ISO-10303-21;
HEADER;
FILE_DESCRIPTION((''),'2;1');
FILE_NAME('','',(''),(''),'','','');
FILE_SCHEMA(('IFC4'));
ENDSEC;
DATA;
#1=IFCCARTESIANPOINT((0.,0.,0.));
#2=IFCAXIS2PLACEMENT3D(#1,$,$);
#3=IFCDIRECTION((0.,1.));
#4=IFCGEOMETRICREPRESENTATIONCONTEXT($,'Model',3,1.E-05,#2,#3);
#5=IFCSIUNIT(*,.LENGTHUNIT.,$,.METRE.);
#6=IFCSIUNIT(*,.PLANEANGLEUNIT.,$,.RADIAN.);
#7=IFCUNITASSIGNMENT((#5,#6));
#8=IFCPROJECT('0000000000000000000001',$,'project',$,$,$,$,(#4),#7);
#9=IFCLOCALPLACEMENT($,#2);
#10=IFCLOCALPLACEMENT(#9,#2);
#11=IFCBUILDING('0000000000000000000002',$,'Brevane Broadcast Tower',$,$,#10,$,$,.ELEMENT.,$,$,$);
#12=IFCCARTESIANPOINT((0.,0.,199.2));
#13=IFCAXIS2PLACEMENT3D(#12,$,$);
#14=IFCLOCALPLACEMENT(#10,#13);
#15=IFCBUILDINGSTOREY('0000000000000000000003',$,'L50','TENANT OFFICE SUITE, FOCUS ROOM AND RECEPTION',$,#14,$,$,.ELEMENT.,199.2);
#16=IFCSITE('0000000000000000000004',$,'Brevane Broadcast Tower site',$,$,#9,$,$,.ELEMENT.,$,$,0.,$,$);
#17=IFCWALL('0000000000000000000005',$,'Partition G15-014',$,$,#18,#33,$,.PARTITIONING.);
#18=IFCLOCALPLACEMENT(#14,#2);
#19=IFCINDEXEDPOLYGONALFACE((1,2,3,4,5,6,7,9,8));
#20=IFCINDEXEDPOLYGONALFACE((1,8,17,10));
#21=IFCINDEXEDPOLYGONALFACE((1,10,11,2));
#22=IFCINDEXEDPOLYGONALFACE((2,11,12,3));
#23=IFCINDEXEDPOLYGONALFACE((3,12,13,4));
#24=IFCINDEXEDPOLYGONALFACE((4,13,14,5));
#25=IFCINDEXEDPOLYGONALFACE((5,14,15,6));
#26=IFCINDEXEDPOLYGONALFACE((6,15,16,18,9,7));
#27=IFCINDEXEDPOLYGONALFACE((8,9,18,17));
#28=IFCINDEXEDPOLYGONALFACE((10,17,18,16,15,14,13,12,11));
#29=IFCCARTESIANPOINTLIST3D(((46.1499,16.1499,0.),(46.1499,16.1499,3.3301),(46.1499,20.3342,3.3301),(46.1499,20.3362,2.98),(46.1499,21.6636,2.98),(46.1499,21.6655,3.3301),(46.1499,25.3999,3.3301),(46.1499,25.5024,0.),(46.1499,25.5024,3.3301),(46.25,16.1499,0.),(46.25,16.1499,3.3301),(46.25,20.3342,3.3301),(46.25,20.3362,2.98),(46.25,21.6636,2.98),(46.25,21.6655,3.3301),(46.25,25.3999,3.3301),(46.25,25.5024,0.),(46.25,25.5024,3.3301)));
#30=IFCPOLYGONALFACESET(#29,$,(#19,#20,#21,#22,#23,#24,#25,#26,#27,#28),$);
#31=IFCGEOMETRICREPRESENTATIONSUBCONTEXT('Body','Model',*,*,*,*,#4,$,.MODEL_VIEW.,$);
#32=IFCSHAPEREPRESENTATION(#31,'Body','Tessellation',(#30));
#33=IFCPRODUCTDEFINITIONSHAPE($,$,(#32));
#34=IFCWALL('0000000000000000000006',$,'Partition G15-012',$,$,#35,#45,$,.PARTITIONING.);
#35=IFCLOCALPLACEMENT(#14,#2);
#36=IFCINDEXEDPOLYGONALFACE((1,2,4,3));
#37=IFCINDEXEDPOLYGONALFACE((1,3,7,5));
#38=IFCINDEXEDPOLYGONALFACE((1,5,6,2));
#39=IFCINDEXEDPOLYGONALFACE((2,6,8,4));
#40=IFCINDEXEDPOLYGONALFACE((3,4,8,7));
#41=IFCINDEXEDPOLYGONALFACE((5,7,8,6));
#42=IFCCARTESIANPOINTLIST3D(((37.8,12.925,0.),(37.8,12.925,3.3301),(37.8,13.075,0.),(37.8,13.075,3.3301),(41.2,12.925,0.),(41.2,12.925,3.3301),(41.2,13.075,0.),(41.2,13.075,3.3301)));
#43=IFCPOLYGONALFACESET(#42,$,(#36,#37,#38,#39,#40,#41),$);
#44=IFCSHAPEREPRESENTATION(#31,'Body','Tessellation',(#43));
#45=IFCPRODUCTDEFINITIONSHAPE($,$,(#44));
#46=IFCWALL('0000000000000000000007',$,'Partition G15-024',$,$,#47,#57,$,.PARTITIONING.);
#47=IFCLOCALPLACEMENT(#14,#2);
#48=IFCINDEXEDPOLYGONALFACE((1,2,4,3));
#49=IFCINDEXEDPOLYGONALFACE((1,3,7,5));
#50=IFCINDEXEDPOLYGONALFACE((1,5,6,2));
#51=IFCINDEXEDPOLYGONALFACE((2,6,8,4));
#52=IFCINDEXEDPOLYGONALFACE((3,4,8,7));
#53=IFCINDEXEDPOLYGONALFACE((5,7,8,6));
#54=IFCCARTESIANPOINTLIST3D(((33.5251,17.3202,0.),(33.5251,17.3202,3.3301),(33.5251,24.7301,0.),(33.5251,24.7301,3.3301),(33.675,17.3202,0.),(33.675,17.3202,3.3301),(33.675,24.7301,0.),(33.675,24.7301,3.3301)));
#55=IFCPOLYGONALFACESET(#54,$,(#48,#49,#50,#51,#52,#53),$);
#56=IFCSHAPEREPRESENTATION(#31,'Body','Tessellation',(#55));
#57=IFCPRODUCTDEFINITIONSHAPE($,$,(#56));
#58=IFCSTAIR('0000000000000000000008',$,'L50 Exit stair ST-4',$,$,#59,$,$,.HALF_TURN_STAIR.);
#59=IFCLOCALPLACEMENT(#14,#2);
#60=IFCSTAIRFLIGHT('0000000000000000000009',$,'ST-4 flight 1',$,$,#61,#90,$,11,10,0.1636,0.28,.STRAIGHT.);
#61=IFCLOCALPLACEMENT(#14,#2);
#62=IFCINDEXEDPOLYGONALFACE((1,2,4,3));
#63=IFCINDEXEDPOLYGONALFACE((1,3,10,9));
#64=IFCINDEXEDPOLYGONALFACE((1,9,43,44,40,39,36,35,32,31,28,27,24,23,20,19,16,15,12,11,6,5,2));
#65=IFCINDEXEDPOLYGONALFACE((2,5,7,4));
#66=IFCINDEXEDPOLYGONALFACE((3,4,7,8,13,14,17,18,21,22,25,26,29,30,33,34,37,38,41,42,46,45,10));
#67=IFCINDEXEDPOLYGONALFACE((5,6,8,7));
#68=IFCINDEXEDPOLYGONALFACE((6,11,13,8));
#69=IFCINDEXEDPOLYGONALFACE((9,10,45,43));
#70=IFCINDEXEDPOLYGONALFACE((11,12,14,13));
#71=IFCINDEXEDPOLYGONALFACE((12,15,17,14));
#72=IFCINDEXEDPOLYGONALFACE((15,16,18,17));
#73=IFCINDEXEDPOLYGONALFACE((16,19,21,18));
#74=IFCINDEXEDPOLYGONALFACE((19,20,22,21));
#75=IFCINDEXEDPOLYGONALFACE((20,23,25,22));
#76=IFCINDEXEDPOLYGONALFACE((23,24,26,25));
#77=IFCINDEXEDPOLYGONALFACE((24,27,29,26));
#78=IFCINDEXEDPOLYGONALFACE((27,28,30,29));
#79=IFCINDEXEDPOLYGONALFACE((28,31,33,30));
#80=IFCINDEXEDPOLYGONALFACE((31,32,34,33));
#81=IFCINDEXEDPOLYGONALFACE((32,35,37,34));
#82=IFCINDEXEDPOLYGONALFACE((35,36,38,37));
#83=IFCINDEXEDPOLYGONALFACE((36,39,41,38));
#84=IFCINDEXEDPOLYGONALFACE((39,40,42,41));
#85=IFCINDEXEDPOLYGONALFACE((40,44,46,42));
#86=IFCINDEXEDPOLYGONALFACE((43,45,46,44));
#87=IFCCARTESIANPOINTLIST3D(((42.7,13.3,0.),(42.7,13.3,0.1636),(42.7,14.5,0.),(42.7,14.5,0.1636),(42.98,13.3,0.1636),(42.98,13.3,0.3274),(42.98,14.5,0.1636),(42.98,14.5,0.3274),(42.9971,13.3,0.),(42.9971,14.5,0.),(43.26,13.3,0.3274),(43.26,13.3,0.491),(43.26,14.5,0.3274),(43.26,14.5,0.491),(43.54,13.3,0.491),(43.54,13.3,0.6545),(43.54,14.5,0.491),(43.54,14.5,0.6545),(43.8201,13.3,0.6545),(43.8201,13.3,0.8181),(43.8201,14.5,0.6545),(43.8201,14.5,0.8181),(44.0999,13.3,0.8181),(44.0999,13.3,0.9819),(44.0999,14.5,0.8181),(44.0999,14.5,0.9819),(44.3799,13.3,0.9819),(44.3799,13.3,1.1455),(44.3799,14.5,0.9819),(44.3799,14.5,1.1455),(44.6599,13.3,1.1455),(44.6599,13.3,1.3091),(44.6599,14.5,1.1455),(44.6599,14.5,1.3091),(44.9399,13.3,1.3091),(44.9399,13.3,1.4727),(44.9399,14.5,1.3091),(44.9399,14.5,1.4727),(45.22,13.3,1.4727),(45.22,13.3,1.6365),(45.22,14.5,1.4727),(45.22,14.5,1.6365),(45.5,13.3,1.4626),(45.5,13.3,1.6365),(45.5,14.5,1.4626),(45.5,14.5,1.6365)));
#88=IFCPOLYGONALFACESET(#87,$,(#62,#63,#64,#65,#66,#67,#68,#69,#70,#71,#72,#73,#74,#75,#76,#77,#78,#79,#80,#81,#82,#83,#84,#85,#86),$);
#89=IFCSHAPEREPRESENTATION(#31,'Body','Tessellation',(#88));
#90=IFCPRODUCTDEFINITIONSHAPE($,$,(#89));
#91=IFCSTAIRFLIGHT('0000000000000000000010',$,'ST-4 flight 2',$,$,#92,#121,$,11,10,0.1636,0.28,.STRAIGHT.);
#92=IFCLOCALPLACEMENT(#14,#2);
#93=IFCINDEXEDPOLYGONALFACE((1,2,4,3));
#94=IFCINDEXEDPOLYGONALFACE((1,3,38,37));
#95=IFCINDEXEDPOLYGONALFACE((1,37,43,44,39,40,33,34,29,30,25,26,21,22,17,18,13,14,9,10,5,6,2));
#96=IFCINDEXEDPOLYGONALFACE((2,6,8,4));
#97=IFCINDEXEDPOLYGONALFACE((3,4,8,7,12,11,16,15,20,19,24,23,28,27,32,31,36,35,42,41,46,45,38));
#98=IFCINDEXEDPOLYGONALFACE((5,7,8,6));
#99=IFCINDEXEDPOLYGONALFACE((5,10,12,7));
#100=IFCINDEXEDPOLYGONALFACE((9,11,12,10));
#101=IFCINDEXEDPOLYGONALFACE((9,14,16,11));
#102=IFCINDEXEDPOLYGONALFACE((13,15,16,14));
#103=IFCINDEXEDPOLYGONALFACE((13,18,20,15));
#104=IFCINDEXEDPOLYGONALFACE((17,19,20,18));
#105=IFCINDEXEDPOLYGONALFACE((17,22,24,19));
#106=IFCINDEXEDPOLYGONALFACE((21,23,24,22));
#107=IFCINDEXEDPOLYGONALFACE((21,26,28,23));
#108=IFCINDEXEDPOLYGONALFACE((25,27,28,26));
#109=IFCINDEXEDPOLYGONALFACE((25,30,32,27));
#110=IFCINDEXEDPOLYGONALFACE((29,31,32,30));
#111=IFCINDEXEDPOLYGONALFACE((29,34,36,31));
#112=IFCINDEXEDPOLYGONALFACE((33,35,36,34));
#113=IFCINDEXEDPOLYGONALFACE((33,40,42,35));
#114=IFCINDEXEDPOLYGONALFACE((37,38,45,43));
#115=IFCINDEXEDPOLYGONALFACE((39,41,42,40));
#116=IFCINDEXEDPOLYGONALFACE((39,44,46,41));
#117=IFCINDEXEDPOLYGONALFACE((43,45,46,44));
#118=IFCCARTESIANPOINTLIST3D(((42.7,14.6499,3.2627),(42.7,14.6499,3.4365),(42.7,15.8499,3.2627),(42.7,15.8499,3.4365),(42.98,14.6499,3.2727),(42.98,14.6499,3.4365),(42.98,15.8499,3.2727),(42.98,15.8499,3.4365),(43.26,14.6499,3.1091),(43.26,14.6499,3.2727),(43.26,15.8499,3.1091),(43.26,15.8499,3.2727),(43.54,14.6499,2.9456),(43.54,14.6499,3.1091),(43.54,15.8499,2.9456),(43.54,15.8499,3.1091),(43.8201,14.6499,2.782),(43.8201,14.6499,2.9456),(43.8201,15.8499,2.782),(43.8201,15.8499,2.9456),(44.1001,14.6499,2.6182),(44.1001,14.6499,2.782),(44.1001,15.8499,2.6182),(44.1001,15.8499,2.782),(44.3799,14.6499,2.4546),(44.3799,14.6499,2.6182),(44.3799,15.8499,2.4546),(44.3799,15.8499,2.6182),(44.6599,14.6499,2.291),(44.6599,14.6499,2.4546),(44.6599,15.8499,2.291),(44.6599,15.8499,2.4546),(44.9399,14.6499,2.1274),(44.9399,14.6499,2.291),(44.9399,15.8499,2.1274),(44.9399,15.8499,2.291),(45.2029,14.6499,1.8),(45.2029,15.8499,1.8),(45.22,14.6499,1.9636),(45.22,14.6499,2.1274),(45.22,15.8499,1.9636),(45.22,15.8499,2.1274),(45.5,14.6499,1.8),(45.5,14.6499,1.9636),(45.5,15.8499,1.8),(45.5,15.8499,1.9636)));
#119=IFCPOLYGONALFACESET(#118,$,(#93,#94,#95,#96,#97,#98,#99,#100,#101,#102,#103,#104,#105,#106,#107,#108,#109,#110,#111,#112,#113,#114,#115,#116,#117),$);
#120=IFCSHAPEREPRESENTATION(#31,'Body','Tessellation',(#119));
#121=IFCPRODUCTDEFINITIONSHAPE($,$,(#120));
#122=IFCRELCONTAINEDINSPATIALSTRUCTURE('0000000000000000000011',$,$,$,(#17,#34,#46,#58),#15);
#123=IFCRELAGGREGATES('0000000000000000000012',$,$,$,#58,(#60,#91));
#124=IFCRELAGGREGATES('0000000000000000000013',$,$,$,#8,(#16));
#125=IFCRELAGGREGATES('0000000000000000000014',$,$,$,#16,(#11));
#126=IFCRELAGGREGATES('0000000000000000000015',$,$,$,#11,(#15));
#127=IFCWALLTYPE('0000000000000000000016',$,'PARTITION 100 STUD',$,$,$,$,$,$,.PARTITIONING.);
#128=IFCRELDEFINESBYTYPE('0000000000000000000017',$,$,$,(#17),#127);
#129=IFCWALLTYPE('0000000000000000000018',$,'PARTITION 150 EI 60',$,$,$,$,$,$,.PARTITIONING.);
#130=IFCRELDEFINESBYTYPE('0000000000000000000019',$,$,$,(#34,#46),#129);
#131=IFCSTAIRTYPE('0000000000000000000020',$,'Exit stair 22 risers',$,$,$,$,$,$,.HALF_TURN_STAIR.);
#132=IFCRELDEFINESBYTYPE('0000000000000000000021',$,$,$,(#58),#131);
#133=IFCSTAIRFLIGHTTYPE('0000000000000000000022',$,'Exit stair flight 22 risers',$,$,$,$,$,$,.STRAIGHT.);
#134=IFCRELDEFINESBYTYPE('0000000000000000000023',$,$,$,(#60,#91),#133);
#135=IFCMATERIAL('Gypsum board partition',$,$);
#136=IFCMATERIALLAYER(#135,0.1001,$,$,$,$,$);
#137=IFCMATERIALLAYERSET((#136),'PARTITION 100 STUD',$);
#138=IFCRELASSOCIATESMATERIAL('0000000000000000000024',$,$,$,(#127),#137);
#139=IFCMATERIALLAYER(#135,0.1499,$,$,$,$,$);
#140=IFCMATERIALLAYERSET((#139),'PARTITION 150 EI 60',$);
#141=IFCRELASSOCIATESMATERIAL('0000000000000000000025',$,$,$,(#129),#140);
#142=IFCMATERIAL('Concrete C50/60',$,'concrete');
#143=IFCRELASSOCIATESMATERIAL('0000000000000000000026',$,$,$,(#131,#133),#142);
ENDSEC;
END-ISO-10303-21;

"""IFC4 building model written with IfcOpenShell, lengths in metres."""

from ifc_helpers import new_model, si_unit, direction, frame, frame_2d, origin, place, context, subcontext, project, spatial, polyline, rectangle, outline, extrude, material, layer, layer_set, type_object, element, aggregate, save


model = new_model("IFC4")

# Units and contexts
model_context = context("Model", 3, precision=1e-05, world=origin(), true_north=direction((0.0, 1.0)))
body_context = subcontext(model_context, "Body", "Model", "MODEL_VIEW")
ifc_project = project(units=[si_unit("LENGTHUNIT", "METRE"), si_unit("PLANEANGLEUNIT", "RADIAN")], contexts=[model_context])

# Site, building, storey
site_placement = place(None, origin())
site = spatial("IfcSite", under=ifc_project, at=site_placement, Name="Brevane Broadcast Tower site", CompositionType="ELEMENT", RefElevation=0.0)
building_placement = place(site_placement, origin())
building = spatial("IfcBuilding", under=site, at=building_placement, Name="Brevane Broadcast Tower", CompositionType="ELEMENT")
storey_placement = place(building_placement, frame((0.0, 0.0, 199.2)))
storey = spatial("IfcBuildingStorey", under=building, at=storey_placement, Name="L50", Description="TENANT OFFICE SUITE, FOCUS ROOM AND RECEPTION", CompositionType="ELEMENT", Elevation=199.2)

# Wall
ifc_material_1 = material(Name="Gypsum board partition")
ifc_layer_1 = layer(ifc_material_1, 0.1001)
ifc_layer_set_1 = layer_set([ifc_layer_1], Name="PARTITION 100 STUD")
wall_type_1 = type_object("IfcWallType", Name="PARTITION 100 STUD", PredefinedType="PARTITIONING", material=ifc_layer_set_1)
wall_1_placement = place(storey_placement, frame((46.2, 16.1499, 0.0), z_axis=(0.0, 0.0, 1.0), x_axis=(0.0, 1.0, 0.0)))
element("IfcWall", 1, at=wall_1_placement, inside=storey, type_object=wall_type_1, Name="Partition G15-014", PredefinedType="PARTITIONING", context=body_context, shape_type="SweptSolid", body=[
    extrude(outline(polyline([(0.0, 0.0), (9.3525, 0.0), (9.3525, 3.3301), (9.25, 3.3301), (5.5156, 3.3301), (5.5137, 2.98), (4.1863, 2.98), (4.1843, 3.3301), (0.0, 3.3301), (0.0, 0.0)])), frame((0.0, 0.05, 0.0), z_axis=(0.0, -1.0, 0.0), x_axis=(1.0, 0.0, 0.0)), (0.0, 0.0, 1.0), 0.1001),
])

# Shared definitions
ifc_layer_2 = layer(ifc_material_1, 0.1499)
ifc_layer_set_2 = layer_set([ifc_layer_2], Name="PARTITION 150 EI 60")
wall_type_2 = type_object("IfcWallType", Name="PARTITION 150 EI 60", PredefinedType="PARTITIONING", material=ifc_layer_set_2)

# Walls
wall_2_placement = place(storey_placement, frame((37.8, 13.0, 0.0), z_axis=(0.0, 0.0, 1.0), x_axis=(1.0, 0.0, 0.0)))
element("IfcWall", 2, at=wall_2_placement, inside=storey, type_object=wall_type_2, Name="Partition G15-012", PredefinedType="PARTITIONING", context=body_context, shape_type="SweptSolid", body=[
    extrude(rectangle(XDim=3.3999, YDim=0.1499, at=frame_2d((1.7, 0.0))), origin(), (0.0, 0.0, 1.0), 3.3301),
])
wall_3_placement = place(storey_placement, frame((33.6001, 17.3201, 0.0), z_axis=(0.0, 0.0, 1.0), x_axis=(0.0, 1.0, 0.0)))
element("IfcWall", 3, at=wall_3_placement, inside=storey, type_object=wall_type_2, Name="Partition G15-024", PredefinedType="PARTITIONING", context=body_context, shape_type="SweptSolid", body=[
    extrude(rectangle(XDim=7.4099, YDim=0.1499, at=frame_2d((3.7051, 0.0))), origin(), (0.0, 0.0, 1.0), 3.3301),
])

# Stair, stair flights
ifc_material_2 = material(Name="Concrete C50/60", Category="concrete")
stair_type = type_object("IfcStairType", Name="Exit stair 22 risers", PredefinedType="HALF_TURN_STAIR", material=ifc_material_2)
stair_placement = place(storey_placement, origin())
stair = element("IfcStair", 4, at=stair_placement, inside=storey, type_object=stair_type, Name="L50 Exit stair ST-4", PredefinedType="HALF_TURN_STAIR")
stair_flight_type = type_object("IfcStairFlightType", Name="Exit stair flight 22 risers", PredefinedType="STRAIGHT", material=ifc_material_2)
stair_flight_1_placement = place(storey_placement, frame((42.7, 13.8999, 0.0), z_axis=(0.0, 0.0, 1.0), x_axis=(1.0, 0.0, 0.0)))
stair_flight_1 = element("IfcStairFlight", 5, at=stair_flight_1_placement, type_object=stair_flight_type, Name="ST-4 flight 1", NumberOfRisers=11, NumberOfTreads=10, PredefinedType="STRAIGHT", RiserHeight=0.1636, TreadLength=0.28, context=body_context, shape_type="SweptSolid", body=[
    extrude(outline(polyline([(0.0, 0.0), (0.0, 0.1636), (0.28, 0.1636), (0.28, 0.3274), (0.5601, 0.3274), (0.5601, 0.491), (0.8401, 0.491), (0.8401, 0.6545), (1.1201, 0.6545), (1.1201, 0.8181), (1.3999, 0.8181), (1.3999, 0.9819), (1.6799, 0.9819), (1.6799, 1.1455), (1.96, 1.1455), (1.96, 1.3091), (2.24, 1.3091), (2.24, 1.4727), (2.52, 1.4727), (2.52, 1.6365), (2.8, 1.6365), (2.8, 1.8), (2.8, 1.4626), (0.2971, 0.0), (0.0, 0.0)])), frame((0.0, 0.6001, 0.0), z_axis=(0.0, -1.0, 0.0), x_axis=(1.0, 0.0, 0.0)), (0.0, 0.0, 1.0), 1.2),
])
stair_flight_2_placement = place(storey_placement, frame((45.5, 15.25, 1.8), z_axis=(0.0, 0.0, 1.0), x_axis=(-1.0, 0.0, 0.0)))
stair_flight_2 = element("IfcStairFlight", 6, at=stair_flight_2_placement, type_object=stair_flight_type, Name="ST-4 flight 2", NumberOfRisers=11, NumberOfTreads=10, PredefinedType="STRAIGHT", RiserHeight=0.1636, TreadLength=0.28, context=body_context, shape_type="SweptSolid", body=[
    extrude(outline(polyline([(0.0, 0.0), (0.0, 0.1636), (0.28, 0.1636), (0.28, 0.3274), (0.5601, 0.3274), (0.5601, 0.491), (0.8401, 0.491), (0.8401, 0.6545), (1.1201, 0.6545), (1.1201, 0.8181), (1.3999, 0.8181), (1.3999, 0.9819), (1.6799, 0.9819), (1.6799, 1.1455), (1.96, 1.1455), (1.96, 1.3091), (2.24, 1.3091), (2.24, 1.4727), (2.52, 1.4727), (2.52, 1.6365), (2.8, 1.6365), (2.8, 1.8), (2.8, 1.4626), (0.2971, 0.0), (0.0, 0.0)])), frame((0.0, 0.6001, 0.0), z_axis=(0.0, -1.0, 0.0), x_axis=(1.0, 0.0, 0.0)), (0.0, 0.0, 1.0), 1.2),
])
aggregate(stair, [stair_flight_1, stair_flight_2])

save(model, "model.ifc")
